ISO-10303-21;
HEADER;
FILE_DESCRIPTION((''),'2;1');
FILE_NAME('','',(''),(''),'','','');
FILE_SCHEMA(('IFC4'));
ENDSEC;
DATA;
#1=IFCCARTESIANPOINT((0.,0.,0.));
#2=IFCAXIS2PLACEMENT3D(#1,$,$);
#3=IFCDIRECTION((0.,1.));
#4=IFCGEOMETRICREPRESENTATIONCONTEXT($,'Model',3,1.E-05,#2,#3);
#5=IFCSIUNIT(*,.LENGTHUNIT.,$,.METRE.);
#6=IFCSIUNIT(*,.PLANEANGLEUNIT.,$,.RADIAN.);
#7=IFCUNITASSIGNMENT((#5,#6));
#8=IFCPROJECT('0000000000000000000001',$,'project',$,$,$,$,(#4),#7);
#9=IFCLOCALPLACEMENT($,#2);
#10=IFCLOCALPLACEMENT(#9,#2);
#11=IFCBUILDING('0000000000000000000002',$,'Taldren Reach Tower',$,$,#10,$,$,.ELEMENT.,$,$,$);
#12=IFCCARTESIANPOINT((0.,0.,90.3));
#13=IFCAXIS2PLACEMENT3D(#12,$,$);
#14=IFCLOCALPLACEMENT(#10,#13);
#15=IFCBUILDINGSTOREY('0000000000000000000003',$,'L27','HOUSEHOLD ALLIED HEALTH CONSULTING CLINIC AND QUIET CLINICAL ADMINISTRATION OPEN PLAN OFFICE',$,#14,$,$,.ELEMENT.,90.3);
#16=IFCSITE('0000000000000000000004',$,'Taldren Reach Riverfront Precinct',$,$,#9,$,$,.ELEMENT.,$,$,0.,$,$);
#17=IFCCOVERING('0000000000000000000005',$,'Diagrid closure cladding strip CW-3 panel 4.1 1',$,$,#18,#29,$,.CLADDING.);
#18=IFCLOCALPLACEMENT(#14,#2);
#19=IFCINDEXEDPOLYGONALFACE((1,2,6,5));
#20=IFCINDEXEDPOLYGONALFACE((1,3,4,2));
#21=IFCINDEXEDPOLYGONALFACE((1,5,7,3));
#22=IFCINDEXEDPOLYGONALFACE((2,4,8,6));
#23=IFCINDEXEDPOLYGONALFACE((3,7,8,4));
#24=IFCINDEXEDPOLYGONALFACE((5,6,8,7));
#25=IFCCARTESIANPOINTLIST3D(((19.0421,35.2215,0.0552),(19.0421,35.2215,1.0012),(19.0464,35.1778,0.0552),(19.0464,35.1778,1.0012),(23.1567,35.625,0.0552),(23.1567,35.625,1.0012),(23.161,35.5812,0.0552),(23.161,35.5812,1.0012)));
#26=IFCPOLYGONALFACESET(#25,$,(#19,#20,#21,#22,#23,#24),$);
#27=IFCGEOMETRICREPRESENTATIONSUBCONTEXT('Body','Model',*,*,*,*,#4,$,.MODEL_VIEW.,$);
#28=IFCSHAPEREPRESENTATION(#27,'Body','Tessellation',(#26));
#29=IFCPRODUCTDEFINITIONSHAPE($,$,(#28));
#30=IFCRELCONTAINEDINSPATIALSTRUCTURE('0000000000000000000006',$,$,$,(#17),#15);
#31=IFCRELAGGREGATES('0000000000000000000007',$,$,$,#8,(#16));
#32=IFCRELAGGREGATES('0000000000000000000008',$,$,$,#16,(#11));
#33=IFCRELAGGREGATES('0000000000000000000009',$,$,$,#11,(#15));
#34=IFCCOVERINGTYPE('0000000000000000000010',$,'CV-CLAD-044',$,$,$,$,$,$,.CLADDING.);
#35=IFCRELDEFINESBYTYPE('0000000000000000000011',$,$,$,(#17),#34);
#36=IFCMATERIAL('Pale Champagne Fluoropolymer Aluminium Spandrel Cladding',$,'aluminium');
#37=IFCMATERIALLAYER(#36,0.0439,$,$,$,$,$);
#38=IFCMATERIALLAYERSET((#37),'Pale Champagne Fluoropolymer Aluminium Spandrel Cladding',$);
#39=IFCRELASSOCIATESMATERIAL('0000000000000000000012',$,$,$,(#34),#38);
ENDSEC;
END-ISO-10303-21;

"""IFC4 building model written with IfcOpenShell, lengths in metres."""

from ifc_helpers import new_model, si_unit, direction, frame, origin, origin_2d, place, context, subcontext, project, spatial, rectangle, extrude, source, transform, mapped, material, layer, layer_set, type_object, element, save


model = new_model("IFC4")

# Units and contexts
model_context = context("Model", 3, precision=1e-05, world=origin(), true_north=direction((0.0, 1.0)))
body_context = subcontext(model_context, "Body", "Model", "MODEL_VIEW")
ifc_project = project(units=[si_unit("LENGTHUNIT", "METRE"), si_unit("PLANEANGLEUNIT", "RADIAN")], contexts=[model_context])

# Site, building, storey
site_placement = place(None, origin())
site = spatial("IfcSite", under=ifc_project, at=site_placement, Name="Taldren Reach Riverfront Precinct", CompositionType="ELEMENT", RefElevation=0.0)
building_placement = place(site_placement, origin())
building = spatial("IfcBuilding", under=site, at=building_placement, Name="Taldren Reach Tower", CompositionType="ELEMENT")
storey_placement = place(building_placement, frame((0.0, 0.0, 90.3)))
storey = spatial("IfcBuildingStorey", under=building, at=storey_placement, Name="L27", Description="HOUSEHOLD ALLIED HEALTH CONSULTING CLINIC AND QUIET CLINICAL ADMINISTRATION OPEN PLAN OFFICE", CompositionType="ELEMENT", Elevation=90.3)

# Covering
ifc_material_1 = material(Name="Pale Champagne Fluoropolymer Aluminium Spandrel Cladding", Category="aluminium")
ifc_layer_1 = layer(ifc_material_1, 0.0439)
ifc_layer_set_1 = layer_set([ifc_layer_1], Name="Pale Champagne Fluoropolymer Aluminium Spandrel Cladding")
covering_type = type_object("IfcCoveringType", Name="CV-CLAD-044", PredefinedType="CLADDING", material=ifc_layer_set_1)
shared_shape_1 = source(origin(), body_context, "Body", "SweptSolid", [
    extrude(rectangle(XDim=4.1343, YDim=0.0439, at=origin_2d()), origin(), (0.0, 0.0, 1.0), 0.946),
])
covering_1_placement = place(storey_placement, frame((21.1016, 35.4014, 0.0552), z_axis=(0.0, 0.0, 1.0), x_axis=(-0.995227, -0.097583, 0.0)))
element("IfcCovering", 1, at=covering_1_placement, inside=storey, type_object=covering_type, Name="Diagrid closure cladding strip CW-3 panel 4.1 1", PredefinedType="CLADDING", context=body_context, shape_type="MappedRepresentation", body=[
    mapped(shared_shape_1, transform((0.0, 0.0, 0.0), scale=1.0)),
])

save(model, "model.ifc")
